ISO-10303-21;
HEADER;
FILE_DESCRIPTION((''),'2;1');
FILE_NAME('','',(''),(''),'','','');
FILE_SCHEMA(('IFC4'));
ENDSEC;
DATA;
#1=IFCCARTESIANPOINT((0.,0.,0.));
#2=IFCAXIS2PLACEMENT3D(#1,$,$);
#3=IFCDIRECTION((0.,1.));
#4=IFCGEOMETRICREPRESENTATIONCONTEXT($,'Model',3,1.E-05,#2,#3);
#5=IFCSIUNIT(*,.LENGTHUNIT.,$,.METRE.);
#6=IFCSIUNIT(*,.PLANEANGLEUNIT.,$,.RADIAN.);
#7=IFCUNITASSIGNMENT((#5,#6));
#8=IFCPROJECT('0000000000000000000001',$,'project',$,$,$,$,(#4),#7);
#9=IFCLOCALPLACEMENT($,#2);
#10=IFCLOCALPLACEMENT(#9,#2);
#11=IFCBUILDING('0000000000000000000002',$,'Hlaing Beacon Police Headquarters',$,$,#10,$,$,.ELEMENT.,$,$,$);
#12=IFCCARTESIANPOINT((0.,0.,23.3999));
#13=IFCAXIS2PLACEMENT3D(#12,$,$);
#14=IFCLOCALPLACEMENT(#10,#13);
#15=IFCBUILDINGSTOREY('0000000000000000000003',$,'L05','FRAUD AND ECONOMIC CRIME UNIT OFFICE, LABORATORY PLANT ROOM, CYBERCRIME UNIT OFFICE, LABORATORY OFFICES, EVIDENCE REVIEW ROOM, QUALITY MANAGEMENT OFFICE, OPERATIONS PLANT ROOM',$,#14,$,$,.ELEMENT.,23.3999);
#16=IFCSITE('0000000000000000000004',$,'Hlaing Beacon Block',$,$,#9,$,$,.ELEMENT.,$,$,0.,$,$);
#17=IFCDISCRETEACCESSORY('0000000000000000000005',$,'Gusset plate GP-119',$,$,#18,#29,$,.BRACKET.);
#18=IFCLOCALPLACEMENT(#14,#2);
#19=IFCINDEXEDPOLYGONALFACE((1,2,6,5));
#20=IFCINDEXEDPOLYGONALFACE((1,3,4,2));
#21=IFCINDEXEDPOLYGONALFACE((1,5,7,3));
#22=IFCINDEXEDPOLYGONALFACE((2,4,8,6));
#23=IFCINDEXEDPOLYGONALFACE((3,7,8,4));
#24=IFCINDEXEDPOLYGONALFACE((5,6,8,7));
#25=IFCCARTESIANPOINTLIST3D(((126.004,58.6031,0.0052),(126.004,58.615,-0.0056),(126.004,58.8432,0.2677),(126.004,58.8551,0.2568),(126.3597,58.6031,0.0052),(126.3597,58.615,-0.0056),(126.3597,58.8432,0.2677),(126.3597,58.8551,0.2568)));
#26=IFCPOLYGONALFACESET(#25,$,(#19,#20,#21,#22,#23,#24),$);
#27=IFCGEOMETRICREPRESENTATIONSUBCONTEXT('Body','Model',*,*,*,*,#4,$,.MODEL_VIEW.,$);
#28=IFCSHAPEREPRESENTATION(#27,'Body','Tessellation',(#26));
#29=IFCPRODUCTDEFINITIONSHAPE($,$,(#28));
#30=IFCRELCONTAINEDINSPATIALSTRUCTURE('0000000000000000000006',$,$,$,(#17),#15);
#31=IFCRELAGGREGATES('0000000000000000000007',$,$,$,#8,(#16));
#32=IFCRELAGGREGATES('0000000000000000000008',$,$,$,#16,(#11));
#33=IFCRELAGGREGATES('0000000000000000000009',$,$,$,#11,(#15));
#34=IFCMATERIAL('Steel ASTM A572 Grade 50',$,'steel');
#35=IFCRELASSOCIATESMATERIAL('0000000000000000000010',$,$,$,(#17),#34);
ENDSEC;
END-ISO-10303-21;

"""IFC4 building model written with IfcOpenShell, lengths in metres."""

from ifc_helpers import new_model, si_unit, direction, frame, origin, origin_2d, place, context, subcontext, project, spatial, rectangle, extrude, material, element, save


model = new_model("IFC4")

# Units and contexts
model_context = context("Model", 3, precision=1e-05, world=origin(), true_north=direction((0.0, 1.0)))
body_context = subcontext(model_context, "Body", "Model", "MODEL_VIEW")
ifc_project = project(units=[si_unit("LENGTHUNIT", "METRE"), si_unit("PLANEANGLEUNIT", "RADIAN")], contexts=[model_context])

# Site, building, storey
site_placement = place(None, origin())
site = spatial("IfcSite", under=ifc_project, at=site_placement, Name="Hlaing Beacon Block", CompositionType="ELEMENT", RefElevation=0.0)
building_placement = place(site_placement, origin())
building = spatial("IfcBuilding", under=site, at=building_placement, Name="Hlaing Beacon Police Headquarters", CompositionType="ELEMENT")
storey_placement = place(building_placement, frame((0.0, 0.0, 23.3999)))
storey = spatial("IfcBuildingStorey", under=building, at=storey_placement, Name="L05", Description="FRAUD AND ECONOMIC CRIME UNIT OFFICE, LABORATORY PLANT ROOM, CYBERCRIME UNIT OFFICE, LABORATORY OFFICES, EVIDENCE REVIEW ROOM, QUALITY MANAGEMENT OFFICE, OPERATIONS PLANT ROOM", CompositionType="ELEMENT", Elevation=23.3999)

# Discrete accessory
ifc_material_1 = material(Name="Steel ASTM A572 Grade 50", Category="steel")
discrete_accessory_placement = place(storey_placement, frame((126.1819, 58.7231, 0.1365), z_axis=(0.0, 0.737951, -0.674854), x_axis=(-1.0, 0.0, 0.0)))
element("IfcDiscreteAccessory", 1, at=discrete_accessory_placement, inside=storey, material=ifc_material_1, Name="Gusset plate GP-119", PredefinedType="BRACKET", context=body_context, shape_type="SweptSolid", body=[
    extrude(rectangle(XDim=0.3557, YDim=0.3557, at=origin_2d()), origin(), (0.0, 0.0, 1.0), 0.0161),
])

save(model, "model.ifc")
